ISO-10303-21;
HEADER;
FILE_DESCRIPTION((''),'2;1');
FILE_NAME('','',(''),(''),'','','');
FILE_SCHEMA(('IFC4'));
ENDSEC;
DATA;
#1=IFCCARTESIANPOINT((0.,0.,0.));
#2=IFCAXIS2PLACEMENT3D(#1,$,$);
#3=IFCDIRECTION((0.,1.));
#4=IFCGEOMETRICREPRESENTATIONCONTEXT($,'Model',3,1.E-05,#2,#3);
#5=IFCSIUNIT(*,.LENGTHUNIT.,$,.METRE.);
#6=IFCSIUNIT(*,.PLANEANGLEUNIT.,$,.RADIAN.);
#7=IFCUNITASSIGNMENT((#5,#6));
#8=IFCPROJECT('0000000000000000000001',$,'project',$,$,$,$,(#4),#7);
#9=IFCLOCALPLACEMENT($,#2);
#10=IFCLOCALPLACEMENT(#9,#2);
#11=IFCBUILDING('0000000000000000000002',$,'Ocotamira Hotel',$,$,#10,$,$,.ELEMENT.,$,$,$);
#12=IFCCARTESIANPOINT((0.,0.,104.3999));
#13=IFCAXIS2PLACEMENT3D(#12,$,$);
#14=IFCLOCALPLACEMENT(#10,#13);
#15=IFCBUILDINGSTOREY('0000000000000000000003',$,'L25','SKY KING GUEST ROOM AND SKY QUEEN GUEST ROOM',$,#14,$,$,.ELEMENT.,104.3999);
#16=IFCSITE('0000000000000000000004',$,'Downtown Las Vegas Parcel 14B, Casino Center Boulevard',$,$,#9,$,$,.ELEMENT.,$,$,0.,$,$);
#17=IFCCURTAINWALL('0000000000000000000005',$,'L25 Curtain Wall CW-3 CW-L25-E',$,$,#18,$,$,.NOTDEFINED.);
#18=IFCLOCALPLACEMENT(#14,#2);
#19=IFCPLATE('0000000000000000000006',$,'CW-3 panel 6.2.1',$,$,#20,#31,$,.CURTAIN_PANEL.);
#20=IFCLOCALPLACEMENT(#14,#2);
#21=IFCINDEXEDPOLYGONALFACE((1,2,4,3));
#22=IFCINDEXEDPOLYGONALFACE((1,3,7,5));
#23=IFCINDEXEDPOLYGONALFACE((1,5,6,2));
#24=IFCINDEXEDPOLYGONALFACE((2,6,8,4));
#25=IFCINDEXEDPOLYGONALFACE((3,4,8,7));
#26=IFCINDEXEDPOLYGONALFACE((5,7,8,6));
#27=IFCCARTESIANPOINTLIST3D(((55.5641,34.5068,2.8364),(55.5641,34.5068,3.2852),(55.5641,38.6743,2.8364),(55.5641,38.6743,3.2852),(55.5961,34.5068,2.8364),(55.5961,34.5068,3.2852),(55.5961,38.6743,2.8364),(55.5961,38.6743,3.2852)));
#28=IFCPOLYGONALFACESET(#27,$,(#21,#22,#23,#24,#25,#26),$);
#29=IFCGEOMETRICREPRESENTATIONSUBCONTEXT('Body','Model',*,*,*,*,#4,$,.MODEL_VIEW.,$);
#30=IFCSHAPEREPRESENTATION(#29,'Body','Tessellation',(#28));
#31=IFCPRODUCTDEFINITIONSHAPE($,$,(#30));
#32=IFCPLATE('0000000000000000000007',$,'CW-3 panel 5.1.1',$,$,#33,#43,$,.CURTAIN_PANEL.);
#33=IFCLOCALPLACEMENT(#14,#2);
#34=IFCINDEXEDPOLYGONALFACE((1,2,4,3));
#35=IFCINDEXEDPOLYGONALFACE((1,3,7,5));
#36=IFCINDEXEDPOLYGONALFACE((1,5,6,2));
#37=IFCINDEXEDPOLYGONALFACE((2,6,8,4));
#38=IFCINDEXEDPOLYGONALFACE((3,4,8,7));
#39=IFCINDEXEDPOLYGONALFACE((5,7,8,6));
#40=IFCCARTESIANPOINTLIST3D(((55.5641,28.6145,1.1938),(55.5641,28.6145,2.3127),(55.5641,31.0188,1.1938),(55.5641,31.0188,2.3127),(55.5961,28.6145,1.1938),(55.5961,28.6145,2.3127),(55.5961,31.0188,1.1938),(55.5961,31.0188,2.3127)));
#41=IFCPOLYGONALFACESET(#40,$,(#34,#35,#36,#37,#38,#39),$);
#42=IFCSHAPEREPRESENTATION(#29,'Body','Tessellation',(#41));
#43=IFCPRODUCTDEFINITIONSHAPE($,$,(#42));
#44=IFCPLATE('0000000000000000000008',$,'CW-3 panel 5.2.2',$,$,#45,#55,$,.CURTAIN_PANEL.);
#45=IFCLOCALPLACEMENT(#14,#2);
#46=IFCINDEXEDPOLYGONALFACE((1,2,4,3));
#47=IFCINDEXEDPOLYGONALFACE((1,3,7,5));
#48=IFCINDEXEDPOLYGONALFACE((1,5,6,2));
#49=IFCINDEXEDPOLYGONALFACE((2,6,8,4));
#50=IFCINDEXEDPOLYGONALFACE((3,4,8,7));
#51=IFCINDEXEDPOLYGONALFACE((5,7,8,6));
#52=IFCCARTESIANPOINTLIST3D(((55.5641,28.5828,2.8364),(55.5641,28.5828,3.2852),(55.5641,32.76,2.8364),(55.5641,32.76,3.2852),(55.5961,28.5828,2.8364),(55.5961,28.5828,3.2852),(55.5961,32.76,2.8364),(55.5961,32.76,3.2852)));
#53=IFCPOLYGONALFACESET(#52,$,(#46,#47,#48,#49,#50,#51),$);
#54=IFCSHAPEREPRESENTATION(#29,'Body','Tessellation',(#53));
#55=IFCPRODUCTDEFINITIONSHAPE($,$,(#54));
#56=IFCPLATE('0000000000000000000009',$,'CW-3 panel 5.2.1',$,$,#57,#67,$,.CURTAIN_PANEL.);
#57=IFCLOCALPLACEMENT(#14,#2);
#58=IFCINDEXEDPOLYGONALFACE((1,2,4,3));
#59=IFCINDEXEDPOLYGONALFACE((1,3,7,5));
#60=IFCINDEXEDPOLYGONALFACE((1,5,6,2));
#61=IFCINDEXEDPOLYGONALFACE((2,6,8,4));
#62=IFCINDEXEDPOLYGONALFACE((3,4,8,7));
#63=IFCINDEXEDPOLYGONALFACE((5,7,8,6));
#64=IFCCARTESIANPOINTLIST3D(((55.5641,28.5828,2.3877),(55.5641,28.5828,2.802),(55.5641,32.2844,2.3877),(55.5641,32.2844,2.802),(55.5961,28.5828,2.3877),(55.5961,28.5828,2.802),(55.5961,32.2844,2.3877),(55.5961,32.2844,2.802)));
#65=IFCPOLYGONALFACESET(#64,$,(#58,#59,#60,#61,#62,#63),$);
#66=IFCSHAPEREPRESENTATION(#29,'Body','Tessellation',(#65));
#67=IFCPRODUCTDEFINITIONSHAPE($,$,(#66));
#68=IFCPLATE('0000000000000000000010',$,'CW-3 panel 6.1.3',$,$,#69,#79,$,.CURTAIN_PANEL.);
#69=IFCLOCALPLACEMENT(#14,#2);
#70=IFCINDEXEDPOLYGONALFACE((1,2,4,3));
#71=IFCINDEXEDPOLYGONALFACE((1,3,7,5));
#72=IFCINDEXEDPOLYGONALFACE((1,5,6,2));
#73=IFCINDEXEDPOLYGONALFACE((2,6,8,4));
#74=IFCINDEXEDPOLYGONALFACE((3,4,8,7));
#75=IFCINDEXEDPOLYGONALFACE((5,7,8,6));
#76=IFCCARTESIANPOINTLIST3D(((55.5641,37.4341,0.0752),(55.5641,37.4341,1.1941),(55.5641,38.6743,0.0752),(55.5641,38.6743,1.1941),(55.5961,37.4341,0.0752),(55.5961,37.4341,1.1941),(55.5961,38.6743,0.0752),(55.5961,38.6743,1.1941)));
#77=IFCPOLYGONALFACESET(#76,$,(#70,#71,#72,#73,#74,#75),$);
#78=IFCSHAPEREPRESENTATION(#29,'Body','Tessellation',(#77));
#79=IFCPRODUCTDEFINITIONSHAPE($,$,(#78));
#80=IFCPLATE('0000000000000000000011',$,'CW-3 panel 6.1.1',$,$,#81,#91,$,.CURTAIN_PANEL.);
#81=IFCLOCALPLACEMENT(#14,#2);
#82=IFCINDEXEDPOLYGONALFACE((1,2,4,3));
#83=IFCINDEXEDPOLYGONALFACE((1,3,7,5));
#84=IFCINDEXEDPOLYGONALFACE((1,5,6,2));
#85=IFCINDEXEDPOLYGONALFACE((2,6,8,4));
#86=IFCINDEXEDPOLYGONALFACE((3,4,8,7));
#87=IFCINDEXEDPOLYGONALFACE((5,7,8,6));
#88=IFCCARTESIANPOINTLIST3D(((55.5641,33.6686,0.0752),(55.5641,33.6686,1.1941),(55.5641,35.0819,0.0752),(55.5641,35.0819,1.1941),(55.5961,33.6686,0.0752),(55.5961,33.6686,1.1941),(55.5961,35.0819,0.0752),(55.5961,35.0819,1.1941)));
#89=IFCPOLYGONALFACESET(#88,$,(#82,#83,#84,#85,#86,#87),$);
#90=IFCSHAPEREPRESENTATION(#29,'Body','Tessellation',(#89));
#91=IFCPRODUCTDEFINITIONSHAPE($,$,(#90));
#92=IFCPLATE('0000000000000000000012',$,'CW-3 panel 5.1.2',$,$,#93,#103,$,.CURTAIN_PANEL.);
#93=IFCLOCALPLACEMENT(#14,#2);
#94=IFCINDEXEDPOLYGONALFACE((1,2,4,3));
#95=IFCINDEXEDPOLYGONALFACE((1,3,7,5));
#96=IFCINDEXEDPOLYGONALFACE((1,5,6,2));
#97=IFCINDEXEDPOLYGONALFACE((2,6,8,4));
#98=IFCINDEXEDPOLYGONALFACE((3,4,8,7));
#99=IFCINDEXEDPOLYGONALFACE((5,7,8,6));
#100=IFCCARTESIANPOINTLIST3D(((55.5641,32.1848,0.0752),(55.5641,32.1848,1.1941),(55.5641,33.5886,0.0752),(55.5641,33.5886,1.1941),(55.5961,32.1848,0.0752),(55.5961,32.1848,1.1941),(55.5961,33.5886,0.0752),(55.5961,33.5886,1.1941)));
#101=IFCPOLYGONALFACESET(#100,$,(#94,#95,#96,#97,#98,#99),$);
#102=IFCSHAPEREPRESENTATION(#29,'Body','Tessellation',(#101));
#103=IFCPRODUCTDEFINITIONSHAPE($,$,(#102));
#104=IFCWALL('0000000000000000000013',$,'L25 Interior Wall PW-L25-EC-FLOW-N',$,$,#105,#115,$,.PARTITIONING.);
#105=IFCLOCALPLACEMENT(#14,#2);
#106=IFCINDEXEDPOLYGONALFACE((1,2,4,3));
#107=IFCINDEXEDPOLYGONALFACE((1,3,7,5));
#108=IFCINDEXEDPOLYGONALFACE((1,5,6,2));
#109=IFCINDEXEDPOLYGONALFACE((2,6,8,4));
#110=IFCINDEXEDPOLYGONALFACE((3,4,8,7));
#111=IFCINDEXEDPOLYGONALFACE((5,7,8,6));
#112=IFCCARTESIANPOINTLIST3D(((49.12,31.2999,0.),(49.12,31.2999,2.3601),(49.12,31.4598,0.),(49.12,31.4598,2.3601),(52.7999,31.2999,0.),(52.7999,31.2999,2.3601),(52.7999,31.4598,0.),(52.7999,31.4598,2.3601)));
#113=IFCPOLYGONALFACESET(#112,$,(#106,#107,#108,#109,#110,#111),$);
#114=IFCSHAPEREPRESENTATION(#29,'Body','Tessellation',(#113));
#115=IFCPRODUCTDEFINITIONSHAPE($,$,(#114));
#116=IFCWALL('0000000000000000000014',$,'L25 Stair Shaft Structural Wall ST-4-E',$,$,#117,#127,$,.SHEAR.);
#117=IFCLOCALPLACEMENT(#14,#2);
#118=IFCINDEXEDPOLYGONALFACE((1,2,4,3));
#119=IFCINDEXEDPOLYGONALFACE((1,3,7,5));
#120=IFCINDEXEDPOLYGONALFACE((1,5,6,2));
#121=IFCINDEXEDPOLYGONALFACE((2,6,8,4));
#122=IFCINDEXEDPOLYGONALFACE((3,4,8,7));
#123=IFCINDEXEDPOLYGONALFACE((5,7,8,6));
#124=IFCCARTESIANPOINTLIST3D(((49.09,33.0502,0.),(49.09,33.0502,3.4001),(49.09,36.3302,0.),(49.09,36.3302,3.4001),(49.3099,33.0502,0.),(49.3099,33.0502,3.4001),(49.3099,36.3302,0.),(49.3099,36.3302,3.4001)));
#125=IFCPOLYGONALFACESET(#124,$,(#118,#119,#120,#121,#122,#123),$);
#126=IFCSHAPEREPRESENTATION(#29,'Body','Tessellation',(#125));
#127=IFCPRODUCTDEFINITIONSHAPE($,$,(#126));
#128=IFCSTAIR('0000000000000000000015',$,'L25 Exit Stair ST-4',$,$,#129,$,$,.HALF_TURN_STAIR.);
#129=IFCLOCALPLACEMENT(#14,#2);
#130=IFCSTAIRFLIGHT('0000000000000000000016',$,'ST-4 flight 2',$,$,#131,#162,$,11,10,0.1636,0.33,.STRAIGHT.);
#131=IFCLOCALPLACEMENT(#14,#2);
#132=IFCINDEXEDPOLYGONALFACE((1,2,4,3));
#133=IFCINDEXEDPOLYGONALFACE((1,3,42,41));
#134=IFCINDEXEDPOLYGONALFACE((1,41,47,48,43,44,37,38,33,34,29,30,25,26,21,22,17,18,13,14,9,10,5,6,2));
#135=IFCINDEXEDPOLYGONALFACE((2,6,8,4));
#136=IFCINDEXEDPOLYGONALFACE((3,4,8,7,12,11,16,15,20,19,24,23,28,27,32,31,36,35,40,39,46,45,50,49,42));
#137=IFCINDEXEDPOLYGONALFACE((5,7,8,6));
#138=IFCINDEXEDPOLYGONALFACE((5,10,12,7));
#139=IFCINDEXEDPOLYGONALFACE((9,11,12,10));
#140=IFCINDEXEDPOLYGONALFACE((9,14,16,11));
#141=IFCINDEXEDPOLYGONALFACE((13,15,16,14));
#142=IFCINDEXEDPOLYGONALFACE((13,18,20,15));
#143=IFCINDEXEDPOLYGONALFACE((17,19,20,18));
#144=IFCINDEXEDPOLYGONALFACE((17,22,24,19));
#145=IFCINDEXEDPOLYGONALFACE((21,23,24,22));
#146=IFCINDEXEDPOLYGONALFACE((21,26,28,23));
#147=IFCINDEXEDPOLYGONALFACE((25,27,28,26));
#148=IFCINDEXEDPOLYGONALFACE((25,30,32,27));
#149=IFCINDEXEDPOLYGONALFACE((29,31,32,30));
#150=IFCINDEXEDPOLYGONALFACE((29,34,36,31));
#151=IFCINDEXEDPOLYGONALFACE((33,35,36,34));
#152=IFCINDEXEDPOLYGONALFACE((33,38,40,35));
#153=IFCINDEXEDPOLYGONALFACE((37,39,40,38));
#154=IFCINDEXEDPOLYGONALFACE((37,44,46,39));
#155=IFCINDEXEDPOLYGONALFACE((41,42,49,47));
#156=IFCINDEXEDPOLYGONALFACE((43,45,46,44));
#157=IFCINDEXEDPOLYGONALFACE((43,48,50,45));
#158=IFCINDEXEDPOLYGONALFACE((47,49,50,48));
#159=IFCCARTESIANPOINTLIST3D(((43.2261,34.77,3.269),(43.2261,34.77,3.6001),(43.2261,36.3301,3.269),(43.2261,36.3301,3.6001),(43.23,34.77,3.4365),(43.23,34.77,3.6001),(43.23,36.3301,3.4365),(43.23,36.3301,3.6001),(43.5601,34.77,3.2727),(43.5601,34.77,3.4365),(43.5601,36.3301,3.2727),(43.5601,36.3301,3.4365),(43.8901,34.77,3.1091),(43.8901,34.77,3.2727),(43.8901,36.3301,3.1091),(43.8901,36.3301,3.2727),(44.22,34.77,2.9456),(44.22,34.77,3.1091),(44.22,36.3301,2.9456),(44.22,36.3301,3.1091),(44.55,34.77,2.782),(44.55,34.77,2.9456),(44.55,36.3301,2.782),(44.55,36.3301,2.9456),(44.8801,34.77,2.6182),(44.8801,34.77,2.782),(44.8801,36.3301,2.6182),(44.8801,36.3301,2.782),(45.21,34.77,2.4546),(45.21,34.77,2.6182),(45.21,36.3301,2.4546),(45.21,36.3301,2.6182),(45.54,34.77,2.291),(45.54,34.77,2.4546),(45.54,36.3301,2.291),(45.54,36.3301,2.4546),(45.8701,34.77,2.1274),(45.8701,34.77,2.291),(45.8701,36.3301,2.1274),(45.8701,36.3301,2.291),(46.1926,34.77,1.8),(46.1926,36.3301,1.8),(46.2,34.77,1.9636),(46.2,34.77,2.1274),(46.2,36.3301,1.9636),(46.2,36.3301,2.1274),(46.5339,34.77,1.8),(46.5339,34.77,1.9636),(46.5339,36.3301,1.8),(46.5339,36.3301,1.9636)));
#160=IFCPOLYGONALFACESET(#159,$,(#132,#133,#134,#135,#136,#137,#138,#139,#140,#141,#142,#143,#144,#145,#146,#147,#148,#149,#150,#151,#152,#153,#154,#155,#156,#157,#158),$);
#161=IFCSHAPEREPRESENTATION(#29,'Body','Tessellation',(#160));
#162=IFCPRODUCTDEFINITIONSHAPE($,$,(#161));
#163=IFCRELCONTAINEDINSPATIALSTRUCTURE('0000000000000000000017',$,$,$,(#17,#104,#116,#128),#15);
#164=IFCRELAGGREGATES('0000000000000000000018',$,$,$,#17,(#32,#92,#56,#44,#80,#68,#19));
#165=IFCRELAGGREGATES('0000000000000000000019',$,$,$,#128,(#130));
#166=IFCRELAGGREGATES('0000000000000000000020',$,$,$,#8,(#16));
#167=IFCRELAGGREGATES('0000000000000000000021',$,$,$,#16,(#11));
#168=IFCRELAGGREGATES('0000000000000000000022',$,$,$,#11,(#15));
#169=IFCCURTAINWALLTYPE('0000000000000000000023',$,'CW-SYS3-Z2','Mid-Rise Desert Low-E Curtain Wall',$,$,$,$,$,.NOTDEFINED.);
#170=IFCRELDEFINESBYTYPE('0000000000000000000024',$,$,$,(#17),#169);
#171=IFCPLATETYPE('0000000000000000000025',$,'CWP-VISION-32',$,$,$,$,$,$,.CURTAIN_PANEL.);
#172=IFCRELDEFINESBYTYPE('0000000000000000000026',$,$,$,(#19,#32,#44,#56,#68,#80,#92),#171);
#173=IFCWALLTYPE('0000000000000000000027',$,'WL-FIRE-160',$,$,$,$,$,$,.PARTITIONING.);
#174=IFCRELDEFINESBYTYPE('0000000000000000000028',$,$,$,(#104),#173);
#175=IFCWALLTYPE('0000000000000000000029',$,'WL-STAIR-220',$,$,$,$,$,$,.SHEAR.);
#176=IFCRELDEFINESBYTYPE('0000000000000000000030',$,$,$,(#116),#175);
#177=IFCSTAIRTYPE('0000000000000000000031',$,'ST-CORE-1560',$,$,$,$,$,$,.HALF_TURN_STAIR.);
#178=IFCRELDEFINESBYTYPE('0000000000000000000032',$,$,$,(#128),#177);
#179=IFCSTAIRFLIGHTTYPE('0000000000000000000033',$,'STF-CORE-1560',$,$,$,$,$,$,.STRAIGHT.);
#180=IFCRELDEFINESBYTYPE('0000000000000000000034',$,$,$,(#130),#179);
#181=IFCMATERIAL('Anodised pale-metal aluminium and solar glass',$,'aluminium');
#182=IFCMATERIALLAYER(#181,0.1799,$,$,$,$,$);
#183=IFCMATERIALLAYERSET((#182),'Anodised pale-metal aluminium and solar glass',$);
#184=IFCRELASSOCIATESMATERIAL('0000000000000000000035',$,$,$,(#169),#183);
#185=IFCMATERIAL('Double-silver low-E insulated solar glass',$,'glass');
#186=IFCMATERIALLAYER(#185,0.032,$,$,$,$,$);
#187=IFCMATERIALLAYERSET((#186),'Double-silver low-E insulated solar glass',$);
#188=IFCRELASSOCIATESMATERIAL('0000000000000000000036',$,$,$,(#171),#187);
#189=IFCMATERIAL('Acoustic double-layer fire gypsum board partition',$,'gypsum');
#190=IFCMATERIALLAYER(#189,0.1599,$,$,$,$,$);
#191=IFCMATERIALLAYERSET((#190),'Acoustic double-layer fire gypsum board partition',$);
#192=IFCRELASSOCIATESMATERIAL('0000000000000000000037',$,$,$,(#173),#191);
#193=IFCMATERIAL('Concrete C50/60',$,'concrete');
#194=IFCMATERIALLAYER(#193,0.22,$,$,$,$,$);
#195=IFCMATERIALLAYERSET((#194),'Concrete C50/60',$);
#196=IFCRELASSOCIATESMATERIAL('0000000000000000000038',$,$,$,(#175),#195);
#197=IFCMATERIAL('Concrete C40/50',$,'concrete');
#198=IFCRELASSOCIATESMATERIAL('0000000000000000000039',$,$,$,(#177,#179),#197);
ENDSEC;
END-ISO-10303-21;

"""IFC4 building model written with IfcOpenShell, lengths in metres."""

from ifc_helpers import new_model, si_unit, direction, frame, frame_2d, origin, origin_2d, place, context, subcontext, project, spatial, polyline, rectangle, outline, extrude, source, transform, mapped, material, layer, layer_set, type_object, element, aggregate, save


model = new_model("IFC4")

# Units and contexts
model_context = context("Model", 3, precision=1e-05, world=origin(), true_north=direction((0.0, 1.0)))
body_context = subcontext(model_context, "Body", "Model", "MODEL_VIEW")
ifc_project = project(units=[si_unit("LENGTHUNIT", "METRE"), si_unit("PLANEANGLEUNIT", "RADIAN")], contexts=[model_context])

# Site, building, storey
site_placement = place(None, origin())
site = spatial("IfcSite", under=ifc_project, at=site_placement, Name="Downtown Las Vegas Parcel 14B, Casino Center Boulevard", CompositionType="ELEMENT", RefElevation=0.0)
building_placement = place(site_placement, origin())
building = spatial("IfcBuilding", under=site, at=building_placement, Name="Ocotamira Hotel", CompositionType="ELEMENT")
storey_placement = place(building_placement, frame((0.0, 0.0, 104.3999)))
storey = spatial("IfcBuildingStorey", under=building, at=storey_placement, Name="L25", Description="SKY KING GUEST ROOM AND SKY QUEEN GUEST ROOM", CompositionType="ELEMENT", Elevation=104.3999)

# Curtain wall
ifc_material_1 = material(Name="Anodised pale-metal aluminium and solar glass", Category="aluminium")
ifc_layer_1 = layer(ifc_material_1, 0.1799)
ifc_layer_set_1 = layer_set([ifc_layer_1], Name="Anodised pale-metal aluminium and solar glass")
curtain_wall_type = type_object("IfcCurtainWallType", Name="CW-SYS3-Z2", Description="Mid-Rise Desert Low-E Curtain Wall", PredefinedType="NOTDEFINED", material=ifc_layer_set_1)
curtain_wall_placement = place(storey_placement, origin())
curtain_wall = element("IfcCurtainWall", 1, at=curtain_wall_placement, inside=storey, type_object=curtain_wall_type, Name="L25 Curtain Wall CW-3 CW-L25-E", PredefinedType="NOTDEFINED")

# Plates
ifc_material_2 = material(Name="Double-silver low-E insulated solar glass", Category="glass")
ifc_layer_2 = layer(ifc_material_2, 0.032)
ifc_layer_set_2 = layer_set([ifc_layer_2], Name="Double-silver low-E insulated solar glass")
plate_type_1 = type_object("IfcPlateType", Name="CWP-VISION-32", PredefinedType="CURTAIN_PANEL", material=ifc_layer_set_2)
shared_shape_1 = source(origin(), body_context, "Body", "SweptSolid", [
    extrude(rectangle(XDim=4.1675, YDim=0.032, at=origin_2d()), origin(), (0.0, 0.0, 1.0), 0.4487),
])
plate_1_placement = place(storey_placement, frame((55.5801, 36.5906, 2.8364), z_axis=(0.0, 0.0, 1.0), x_axis=(0.0, 1.0, 0.0)))
plate_1 = element("IfcPlate", 2, at=plate_1_placement, type_object=plate_type_1, Name="CW-3 panel 6.2.1", PredefinedType="CURTAIN_PANEL", context=body_context, shape_type="MappedRepresentation", body=[
    mapped(shared_shape_1, transform((0.0, 0.0, 0.0), scale=1.0)),
])
shared_shape_2 = source(origin(), body_context, "Body", "SweptSolid", [
    extrude(rectangle(XDim=2.4043, YDim=0.032, at=origin_2d()), origin(), (0.0, 0.0, 1.0), 1.1189),
])
plate_2_placement = place(storey_placement, frame((55.5801, 29.8167, 1.1938), z_axis=(0.0, 0.0, 1.0), x_axis=(0.0, 1.0, 0.0)))
plate_2 = element("IfcPlate", 3, at=plate_2_placement, type_object=plate_type_1, Name="CW-3 panel 5.1.1", PredefinedType="CURTAIN_PANEL", context=body_context, shape_type="MappedRepresentation", body=[
    mapped(shared_shape_2, transform((0.0, 0.0, 0.0), scale=1.0)),
])
shared_shape_3 = source(origin(), body_context, "Body", "SweptSolid", [
    extrude(rectangle(XDim=4.1772, YDim=0.032, at=origin_2d()), origin(), (0.0, 0.0, 1.0), 0.4487),
])
plate_3_placement = place(storey_placement, frame((55.5801, 30.6714, 2.8364), z_axis=(0.0, 0.0, 1.0), x_axis=(0.0, 1.0, 0.0)))
plate_3 = element("IfcPlate", 4, at=plate_3_placement, type_object=plate_type_1, Name="CW-3 panel 5.2.2", PredefinedType="CURTAIN_PANEL", context=body_context, shape_type="MappedRepresentation", body=[
    mapped(shared_shape_3, transform((0.0, 0.0, 0.0), scale=1.0)),
])
shared_shape_4 = source(origin(), body_context, "Body", "SweptSolid", [
    extrude(rectangle(XDim=3.7017, YDim=0.032, at=origin_2d()), origin(), (0.0, 0.0, 1.0), 0.4143),
])
plate_4_placement = place(storey_placement, frame((55.5801, 30.4336, 2.3877), z_axis=(0.0, 0.0, 1.0), x_axis=(0.0, 1.0, 0.0)))
plate_4 = element("IfcPlate", 5, at=plate_4_placement, type_object=plate_type_1, Name="CW-3 panel 5.2.1", PredefinedType="CURTAIN_PANEL", context=body_context, shape_type="MappedRepresentation", body=[
    mapped(shared_shape_4, transform((0.0, 0.0, 0.0), scale=1.0)),
])
shared_shape_5 = source(origin(), body_context, "Body", "SweptSolid", [
    extrude(rectangle(XDim=1.2402, YDim=0.032, at=origin_2d()), origin(), (0.0, 0.0, 1.0), 1.1189),
])
plate_5_placement = place(storey_placement, frame((55.5801, 38.0542, 0.0752), z_axis=(0.0, 0.0, 1.0), x_axis=(0.0, 1.0, 0.0)))
plate_5 = element("IfcPlate", 6, at=plate_5_placement, type_object=plate_type_1, Name="CW-3 panel 6.1.3", PredefinedType="CURTAIN_PANEL", context=body_context, shape_type="MappedRepresentation", body=[
    mapped(shared_shape_5, transform((0.0, 0.0, 0.0), scale=1.0)),
])
shared_shape_6 = source(origin(), body_context, "Body", "SweptSolid", [
    extrude(rectangle(XDim=1.4133, YDim=0.032, at=origin_2d()), origin(), (0.0, 0.0, 1.0), 1.1189),
])
plate_6_placement = place(storey_placement, frame((55.5801, 34.3752, 0.0752), z_axis=(0.0, 0.0, 1.0), x_axis=(0.0, 1.0, 0.0)))
plate_6 = element("IfcPlate", 7, at=plate_6_placement, type_object=plate_type_1, Name="CW-3 panel 6.1.1", PredefinedType="CURTAIN_PANEL", context=body_context, shape_type="MappedRepresentation", body=[
    mapped(shared_shape_6, transform((0.0, 0.0, 0.0), scale=1.0)),
])
shared_shape_7 = source(origin(), body_context, "Body", "SweptSolid", [
    extrude(rectangle(XDim=1.4038, YDim=0.032, at=origin_2d()), origin(), (0.0, 0.0, 1.0), 1.1189),
])
plate_7_placement = place(storey_placement, frame((55.5801, 32.8867, 0.0752), z_axis=(0.0, 0.0, 1.0), x_axis=(0.0, 1.0, 0.0)))
plate_7 = element("IfcPlate", 8, at=plate_7_placement, type_object=plate_type_1, Name="CW-3 panel 5.1.2", PredefinedType="CURTAIN_PANEL", context=body_context, shape_type="MappedRepresentation", body=[
    mapped(shared_shape_7, transform((0.0, 0.0, 0.0), scale=1.0)),
])
aggregate(curtain_wall, [plate_2, plate_7, plate_4, plate_3, plate_6, plate_5, plate_1])

# Wall
ifc_material_3 = material(Name="Acoustic double-layer fire gypsum board partition", Category="gypsum")
ifc_layer_3 = layer(ifc_material_3, 0.1599)
ifc_layer_set_3 = layer_set([ifc_layer_3], Name="Acoustic double-layer fire gypsum board partition")
wall_type_1 = type_object("IfcWallType", Name="WL-FIRE-160", PredefinedType="PARTITIONING", material=ifc_layer_set_3)
wall_1_placement = place(storey_placement, frame((49.1201, 31.3799, 0.0), z_axis=(0.0, 0.0, 1.0), x_axis=(1.0, 0.0, 0.0)))
element("IfcWall", 9, at=wall_1_placement, inside=storey, type_object=wall_type_1, Name="L25 Interior Wall PW-L25-EC-FLOW-N", PredefinedType="PARTITIONING", context=body_context, shape_type="SweptSolid", body=[
    extrude(rectangle(XDim=3.6799, YDim=0.1599, at=frame_2d((1.8398, 0.0))), origin(), (0.0, 0.0, 1.0), 2.3601),
])

# Wall
ifc_material_4 = material(Name="Concrete C50/60", Category="concrete")
ifc_layer_4 = layer(ifc_material_4, 0.22)
ifc_layer_set_4 = layer_set([ifc_layer_4], Name="Concrete C50/60")
wall_type_2 = type_object("IfcWallType", Name="WL-STAIR-220", PredefinedType="SHEAR", material=ifc_layer_set_4)
wall_2_placement = place(storey_placement, frame((49.2, 33.05, 0.0), z_axis=(0.0, 0.0, 1.0), x_axis=(0.0, 1.0, 0.0)))
element("IfcWall", 10, at=wall_2_placement, inside=storey, type_object=wall_type_2, Name="L25 Stair Shaft Structural Wall ST-4-E", PredefinedType="SHEAR", context=body_context, shape_type="SweptSolid", body=[
    extrude(rectangle(XDim=3.28, YDim=0.22, at=frame_2d((1.6401, 0.0))), origin(), (0.0, 0.0, 1.0), 3.4001),
])

# Stair, stair flight
ifc_material_5 = material(Name="Concrete C40/50", Category="concrete")
stair_type = type_object("IfcStairType", Name="ST-CORE-1560", PredefinedType="HALF_TURN_STAIR", material=ifc_material_5)
stair_placement = place(storey_placement, origin())
stair = element("IfcStair", 11, at=stair_placement, inside=storey, type_object=stair_type, Name="L25 Exit Stair ST-4", PredefinedType="HALF_TURN_STAIR")
stair_flight_type = type_object("IfcStairFlightType", Name="STF-CORE-1560", PredefinedType="STRAIGHT", material=ifc_material_5)
shared_shape_8 = source(origin(), body_context, "Body", "SweptSolid", [
    extrude(outline(polyline([(-0.0039, 0.0), (-0.0039, 0.1636), (0.3301, 0.1636), (0.3301, 0.3274), (0.6599, 0.3274), (0.6599, 0.491), (0.99, 0.491), (0.99, 0.6545), (1.3201, 0.6545), (1.3201, 0.8181), (1.6499, 0.8181), (1.6499, 0.9819), (1.98, 0.9819), (1.98, 1.1455), (2.3101, 1.1455), (2.3101, 1.3091), (2.6399, 1.3091), (2.6399, 1.4727), (2.97, 1.4727), (2.97, 1.6365), (3.3, 1.6365), (3.3, 1.8), (3.304, 1.8), (3.304, 1.469), (0.3374, 0.0), (-0.0039, 0.0)])), frame((0.0, 0.78, 0.0), z_axis=(0.0, -1.0, 0.0), x_axis=(1.0, 0.0, 0.0)), (0.0, 0.0, 1.0), 1.5601),
])
stair_flight_placement = place(storey_placement, frame((46.53, 35.55, 1.8), z_axis=(0.0, 0.0, 1.0), x_axis=(-1.0, 0.0, 0.0)))
stair_flight = element("IfcStairFlight", 12, at=stair_flight_placement, type_object=stair_flight_type, Name="ST-4 flight 2", NumberOfRisers=11, NumberOfTreads=10, PredefinedType="STRAIGHT", RiserHeight=0.1636, TreadLength=0.33, context=body_context, shape_type="MappedRepresentation", body=[
    mapped(shared_shape_8, transform((0.0, 0.0, 0.0), scale=1.0)),
])
aggregate(stair, [stair_flight])

save(model, "model.ifc")
